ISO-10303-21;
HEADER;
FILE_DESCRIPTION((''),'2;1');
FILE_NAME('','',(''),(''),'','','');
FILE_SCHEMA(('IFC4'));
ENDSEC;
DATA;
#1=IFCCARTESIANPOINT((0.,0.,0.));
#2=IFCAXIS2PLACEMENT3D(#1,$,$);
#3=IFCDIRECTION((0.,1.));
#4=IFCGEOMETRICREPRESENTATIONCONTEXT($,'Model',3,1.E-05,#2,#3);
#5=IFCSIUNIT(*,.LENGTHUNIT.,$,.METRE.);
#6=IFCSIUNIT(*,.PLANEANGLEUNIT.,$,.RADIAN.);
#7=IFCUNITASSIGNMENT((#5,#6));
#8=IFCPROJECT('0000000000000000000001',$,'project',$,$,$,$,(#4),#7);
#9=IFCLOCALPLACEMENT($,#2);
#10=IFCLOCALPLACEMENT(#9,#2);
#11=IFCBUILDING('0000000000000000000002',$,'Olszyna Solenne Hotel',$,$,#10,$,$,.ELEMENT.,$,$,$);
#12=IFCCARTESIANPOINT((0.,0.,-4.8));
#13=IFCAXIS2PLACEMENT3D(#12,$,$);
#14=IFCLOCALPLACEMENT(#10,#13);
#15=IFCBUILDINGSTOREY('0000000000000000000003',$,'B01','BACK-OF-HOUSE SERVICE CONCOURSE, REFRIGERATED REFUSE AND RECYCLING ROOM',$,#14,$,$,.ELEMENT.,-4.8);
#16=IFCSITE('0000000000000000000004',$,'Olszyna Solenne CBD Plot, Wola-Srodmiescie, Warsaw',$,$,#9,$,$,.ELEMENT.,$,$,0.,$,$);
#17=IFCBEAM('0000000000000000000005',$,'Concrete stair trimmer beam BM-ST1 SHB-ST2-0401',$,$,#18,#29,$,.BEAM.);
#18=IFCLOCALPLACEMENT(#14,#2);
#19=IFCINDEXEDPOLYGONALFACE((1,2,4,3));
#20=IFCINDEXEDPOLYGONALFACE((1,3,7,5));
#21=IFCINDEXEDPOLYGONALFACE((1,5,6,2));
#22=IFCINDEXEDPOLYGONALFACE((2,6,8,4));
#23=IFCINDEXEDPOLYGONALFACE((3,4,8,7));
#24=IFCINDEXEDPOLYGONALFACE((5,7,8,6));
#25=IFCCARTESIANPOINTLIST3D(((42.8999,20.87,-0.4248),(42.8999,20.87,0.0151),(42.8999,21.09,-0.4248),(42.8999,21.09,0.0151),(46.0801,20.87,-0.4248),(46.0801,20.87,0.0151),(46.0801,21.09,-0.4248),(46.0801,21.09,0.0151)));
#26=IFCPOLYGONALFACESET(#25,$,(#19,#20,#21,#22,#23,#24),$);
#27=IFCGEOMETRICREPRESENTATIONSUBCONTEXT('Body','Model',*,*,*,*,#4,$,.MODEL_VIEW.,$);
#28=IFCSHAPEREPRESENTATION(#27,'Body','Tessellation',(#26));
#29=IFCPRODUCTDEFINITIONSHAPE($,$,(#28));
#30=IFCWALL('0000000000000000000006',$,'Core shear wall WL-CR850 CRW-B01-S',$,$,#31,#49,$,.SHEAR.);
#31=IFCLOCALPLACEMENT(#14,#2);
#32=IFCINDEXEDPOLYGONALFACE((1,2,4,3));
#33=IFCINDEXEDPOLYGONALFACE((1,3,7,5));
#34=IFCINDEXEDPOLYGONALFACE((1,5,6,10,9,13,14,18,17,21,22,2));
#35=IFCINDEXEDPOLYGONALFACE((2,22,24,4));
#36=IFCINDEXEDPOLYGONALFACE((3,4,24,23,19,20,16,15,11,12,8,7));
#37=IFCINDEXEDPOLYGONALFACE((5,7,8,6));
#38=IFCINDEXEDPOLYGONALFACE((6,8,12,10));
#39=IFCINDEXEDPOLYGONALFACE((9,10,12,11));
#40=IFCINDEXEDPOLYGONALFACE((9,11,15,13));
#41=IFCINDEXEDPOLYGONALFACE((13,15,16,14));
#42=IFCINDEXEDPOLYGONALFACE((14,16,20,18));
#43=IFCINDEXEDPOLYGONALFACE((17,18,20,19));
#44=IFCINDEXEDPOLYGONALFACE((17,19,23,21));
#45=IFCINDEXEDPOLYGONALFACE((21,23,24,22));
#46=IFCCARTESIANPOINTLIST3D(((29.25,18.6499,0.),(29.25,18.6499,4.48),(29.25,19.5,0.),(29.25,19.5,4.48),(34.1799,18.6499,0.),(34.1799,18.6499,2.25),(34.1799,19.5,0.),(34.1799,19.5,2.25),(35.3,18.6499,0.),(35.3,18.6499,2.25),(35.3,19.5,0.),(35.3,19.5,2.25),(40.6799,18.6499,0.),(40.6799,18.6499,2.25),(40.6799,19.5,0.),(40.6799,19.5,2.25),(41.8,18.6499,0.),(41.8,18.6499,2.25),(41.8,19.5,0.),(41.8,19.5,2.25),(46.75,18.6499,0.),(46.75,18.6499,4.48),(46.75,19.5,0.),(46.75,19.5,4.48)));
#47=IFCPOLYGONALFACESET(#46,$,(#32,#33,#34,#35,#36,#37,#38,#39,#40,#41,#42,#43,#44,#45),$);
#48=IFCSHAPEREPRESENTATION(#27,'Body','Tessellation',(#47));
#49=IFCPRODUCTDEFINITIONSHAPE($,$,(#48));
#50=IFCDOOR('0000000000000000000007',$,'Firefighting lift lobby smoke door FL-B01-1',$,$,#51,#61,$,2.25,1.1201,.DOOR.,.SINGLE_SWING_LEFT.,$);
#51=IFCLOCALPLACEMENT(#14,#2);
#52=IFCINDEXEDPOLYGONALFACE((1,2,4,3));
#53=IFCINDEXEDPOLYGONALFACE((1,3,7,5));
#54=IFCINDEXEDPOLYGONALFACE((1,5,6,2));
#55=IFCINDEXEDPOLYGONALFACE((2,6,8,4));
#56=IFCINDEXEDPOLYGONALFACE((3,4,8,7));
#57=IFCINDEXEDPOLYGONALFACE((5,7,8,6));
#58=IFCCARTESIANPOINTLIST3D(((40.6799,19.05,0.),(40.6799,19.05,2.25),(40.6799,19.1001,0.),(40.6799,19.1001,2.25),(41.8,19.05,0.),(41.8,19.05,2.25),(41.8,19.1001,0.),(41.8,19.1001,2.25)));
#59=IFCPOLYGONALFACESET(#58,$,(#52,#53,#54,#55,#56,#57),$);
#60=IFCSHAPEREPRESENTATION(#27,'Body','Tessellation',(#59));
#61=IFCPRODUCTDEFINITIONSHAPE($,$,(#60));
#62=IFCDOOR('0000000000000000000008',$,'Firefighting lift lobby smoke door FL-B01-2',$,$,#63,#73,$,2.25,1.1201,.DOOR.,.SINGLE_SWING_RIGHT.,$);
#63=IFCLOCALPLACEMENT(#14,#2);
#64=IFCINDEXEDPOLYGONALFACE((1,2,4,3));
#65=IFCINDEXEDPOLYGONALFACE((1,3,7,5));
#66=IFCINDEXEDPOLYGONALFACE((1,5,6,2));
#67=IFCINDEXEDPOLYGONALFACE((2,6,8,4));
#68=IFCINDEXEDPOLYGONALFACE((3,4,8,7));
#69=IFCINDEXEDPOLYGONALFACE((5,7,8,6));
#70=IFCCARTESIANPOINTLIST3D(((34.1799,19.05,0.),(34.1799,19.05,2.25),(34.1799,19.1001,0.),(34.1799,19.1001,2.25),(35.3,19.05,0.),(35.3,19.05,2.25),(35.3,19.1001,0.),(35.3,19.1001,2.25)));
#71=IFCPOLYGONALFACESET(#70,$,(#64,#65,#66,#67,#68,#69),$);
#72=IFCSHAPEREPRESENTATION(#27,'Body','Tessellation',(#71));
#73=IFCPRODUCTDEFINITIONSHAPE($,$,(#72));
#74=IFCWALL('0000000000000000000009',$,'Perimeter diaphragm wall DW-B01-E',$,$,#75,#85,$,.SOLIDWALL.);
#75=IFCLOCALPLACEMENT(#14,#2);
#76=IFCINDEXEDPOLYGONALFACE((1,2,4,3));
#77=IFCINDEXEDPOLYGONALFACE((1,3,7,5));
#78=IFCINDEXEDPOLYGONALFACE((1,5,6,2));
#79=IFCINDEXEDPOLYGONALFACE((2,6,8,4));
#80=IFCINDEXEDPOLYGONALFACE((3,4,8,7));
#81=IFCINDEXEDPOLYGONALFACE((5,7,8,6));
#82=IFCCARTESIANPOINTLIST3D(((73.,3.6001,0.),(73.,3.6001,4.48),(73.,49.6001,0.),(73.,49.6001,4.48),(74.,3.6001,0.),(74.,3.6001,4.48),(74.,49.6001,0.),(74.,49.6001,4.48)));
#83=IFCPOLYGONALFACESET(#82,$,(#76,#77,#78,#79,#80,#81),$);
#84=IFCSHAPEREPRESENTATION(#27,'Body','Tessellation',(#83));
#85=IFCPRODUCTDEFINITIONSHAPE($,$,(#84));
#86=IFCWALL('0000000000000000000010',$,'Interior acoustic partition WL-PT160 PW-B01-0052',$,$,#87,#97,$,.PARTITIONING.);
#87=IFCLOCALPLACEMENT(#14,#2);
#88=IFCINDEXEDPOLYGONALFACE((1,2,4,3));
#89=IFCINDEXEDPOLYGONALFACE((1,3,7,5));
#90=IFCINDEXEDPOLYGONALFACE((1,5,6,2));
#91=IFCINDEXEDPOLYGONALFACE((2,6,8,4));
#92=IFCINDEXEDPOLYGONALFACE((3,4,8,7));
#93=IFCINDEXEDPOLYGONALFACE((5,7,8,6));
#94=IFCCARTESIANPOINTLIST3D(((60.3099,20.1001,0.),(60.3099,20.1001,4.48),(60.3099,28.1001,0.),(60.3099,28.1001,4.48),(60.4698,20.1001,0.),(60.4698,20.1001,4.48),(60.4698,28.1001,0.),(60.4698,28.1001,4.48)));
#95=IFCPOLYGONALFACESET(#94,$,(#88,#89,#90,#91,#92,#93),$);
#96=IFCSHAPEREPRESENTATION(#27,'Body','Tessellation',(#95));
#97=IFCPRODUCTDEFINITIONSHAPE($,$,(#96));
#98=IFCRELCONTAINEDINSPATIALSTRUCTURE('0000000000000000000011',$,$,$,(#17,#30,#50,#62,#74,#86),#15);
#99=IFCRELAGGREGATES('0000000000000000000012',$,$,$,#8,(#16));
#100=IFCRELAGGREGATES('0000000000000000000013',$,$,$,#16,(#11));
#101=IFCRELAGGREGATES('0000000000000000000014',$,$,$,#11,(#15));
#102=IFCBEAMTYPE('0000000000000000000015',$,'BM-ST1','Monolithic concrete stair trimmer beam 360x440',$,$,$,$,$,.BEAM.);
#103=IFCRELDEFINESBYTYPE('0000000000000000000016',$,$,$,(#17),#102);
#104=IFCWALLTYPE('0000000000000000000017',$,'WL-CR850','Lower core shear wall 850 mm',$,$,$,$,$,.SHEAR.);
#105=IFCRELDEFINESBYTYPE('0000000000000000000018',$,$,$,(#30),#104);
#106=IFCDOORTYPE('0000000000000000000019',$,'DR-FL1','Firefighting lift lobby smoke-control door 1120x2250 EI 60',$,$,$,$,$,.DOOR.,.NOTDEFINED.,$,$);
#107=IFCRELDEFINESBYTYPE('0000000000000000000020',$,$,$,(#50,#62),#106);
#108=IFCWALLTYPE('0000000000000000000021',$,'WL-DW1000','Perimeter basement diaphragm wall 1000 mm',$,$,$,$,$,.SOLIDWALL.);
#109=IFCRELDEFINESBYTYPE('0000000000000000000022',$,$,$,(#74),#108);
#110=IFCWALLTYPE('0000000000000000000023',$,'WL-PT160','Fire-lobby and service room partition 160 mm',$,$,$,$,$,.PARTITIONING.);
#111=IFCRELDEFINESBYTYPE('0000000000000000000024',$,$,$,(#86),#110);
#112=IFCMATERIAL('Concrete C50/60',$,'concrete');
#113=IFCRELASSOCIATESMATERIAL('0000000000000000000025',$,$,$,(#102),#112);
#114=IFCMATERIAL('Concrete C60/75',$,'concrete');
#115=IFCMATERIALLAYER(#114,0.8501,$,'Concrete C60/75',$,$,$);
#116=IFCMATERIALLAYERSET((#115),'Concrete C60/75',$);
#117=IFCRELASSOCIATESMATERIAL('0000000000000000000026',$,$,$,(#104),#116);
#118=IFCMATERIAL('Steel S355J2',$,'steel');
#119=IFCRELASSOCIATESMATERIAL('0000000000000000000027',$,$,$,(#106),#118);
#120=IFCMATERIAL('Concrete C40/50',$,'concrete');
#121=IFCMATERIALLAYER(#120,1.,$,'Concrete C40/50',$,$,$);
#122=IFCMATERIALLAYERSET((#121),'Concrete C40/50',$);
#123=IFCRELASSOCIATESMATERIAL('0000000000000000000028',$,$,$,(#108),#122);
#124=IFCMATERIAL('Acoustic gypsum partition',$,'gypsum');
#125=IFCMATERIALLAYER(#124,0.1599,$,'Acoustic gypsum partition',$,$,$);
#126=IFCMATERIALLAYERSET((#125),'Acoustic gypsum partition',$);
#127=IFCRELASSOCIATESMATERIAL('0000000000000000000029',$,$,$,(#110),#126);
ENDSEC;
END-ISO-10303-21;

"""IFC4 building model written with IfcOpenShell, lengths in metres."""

from ifc_helpers import new_model, si_unit, direction, frame, frame_2d, origin, origin_2d, place, context, subcontext, project, spatial, rectangle, extrude, source, transform, mapped, material, layer, layer_set, material_profile, profile_set, type_object, type_shapes, element, fill, save


model = new_model("IFC4")

# Units and contexts
model_context = context("Model", 3, precision=1e-05, world=origin(), true_north=direction((0.0, 1.0)))
body_context = subcontext(model_context, "Body", "Model", "MODEL_VIEW")
ifc_project = project(units=[si_unit("LENGTHUNIT", "METRE"), si_unit("PLANEANGLEUNIT", "RADIAN")], contexts=[model_context])

# Site, building, storey
site_placement = place(None, origin())
site = spatial("IfcSite", under=ifc_project, at=site_placement, Name="Olszyna Solenne CBD Plot, Wola-Srodmiescie, Warsaw", CompositionType="ELEMENT", RefElevation=0.0)
building_placement = place(site_placement, origin())
building = spatial("IfcBuilding", under=site, at=building_placement, Name="Olszyna Solenne Hotel", CompositionType="ELEMENT")
storey_placement = place(building_placement, frame((0.0, 0.0, -4.8)))
storey = spatial("IfcBuildingStorey", under=building, at=storey_placement, Name="B01", Description="BACK-OF-HOUSE SERVICE CONCOURSE, REFRIGERATED REFUSE AND RECYCLING ROOM", CompositionType="ELEMENT", Elevation=-4.8)

# Shared definitions
ifc_material_1 = material(Name="Concrete C60/75", Category="concrete")
ifc_material_2 = material(Name="Concrete C50/60", Category="concrete")

# Beam
ifc_material_3 = material(Name="Steel S355J2", Category="steel")
ifc_material_profile_1 = material_profile(ifc_material_2, rectangle(XDim=0.22, YDim=0.4399, at=origin_2d()), Name="RC 220x440", Category="load-bearing")
ifc_profile_set_1 = profile_set([ifc_material_profile_1], Name="Concrete C50/60")
beam_type_1 = type_object("IfcBeamType", Name="BM-ST1", Description="Monolithic concrete stair trimmer beam 360x440", PredefinedType="BEAM", material=ifc_profile_set_1)
shared_shape_1 = source(origin(), body_context, "Body", "SweptSolid", [
    extrude(rectangle(XDim=0.22, YDim=0.4399, at=origin_2d()), origin(), (0.0, 0.0, 1.0), 3.1802),
])
beam_1_placement = place(storey_placement, frame((46.0801, 20.98, -0.2048), z_axis=(-1.0, 0.0, 0.0), x_axis=(0.0, -1.0, 0.0)))
element("IfcBeam", 1, at=beam_1_placement, inside=storey, type_object=beam_type_1, Name="Concrete stair trimmer beam BM-ST1 SHB-ST2-0401", PredefinedType="BEAM", context=body_context, shape_type="MappedRepresentation", body=[
    mapped(shared_shape_1, transform((0.0, 0.0, 0.0), x_axis=(1.0, 0.0, 0.0), y_axis=(0.0, 1.0, 0.0), z_axis=(0.0, 0.0, 1.0), scale=1.0)),
])

# Wall, openings, doors
ifc_layer_1 = layer(ifc_material_1, 0.8501, Name="Concrete C60/75")
ifc_layer_set_1 = layer_set([ifc_layer_1], Name="Concrete C60/75")
wall_type_1 = type_object("IfcWallType", Name="WL-CR850", Description="Lower core shear wall 850 mm", PredefinedType="SHEAR", material=ifc_layer_set_1)
wall_1_placement = place(storey_placement, frame((46.75, 19.075, 0.0), z_axis=(0.0, 0.0, 1.0), x_axis=(-1.0, 0.0, 0.0)))
wall_1 = element("IfcWall", 2, at=wall_1_placement, inside=storey, type_object=wall_type_1, Name="Core shear wall WL-CR850 CRW-B01-S", PredefinedType="SHEAR", context=body_context, shape_type="SweptSolid", body=[
    extrude(rectangle(XDim=17.5, YDim=0.8501, at=frame_2d((8.75, 0.0))), origin(), (0.0, 0.0, 1.0), 4.48),
])
opening_1_placement = place(wall_1_placement, frame((4.95, 0.0, 0.0)))
opening_1 = element("IfcOpeningElement", 3, at=opening_1_placement, cuts=wall_1, PredefinedType="OPENING", context=body_context, shape_type="SweptSolid", body=[
    extrude(rectangle(XDim=1.1201, YDim=2.25, at=frame_2d((0.5601, 1.125))), frame((0.0, 0.4351, 0.0), z_axis=(0.0, -1.0, 0.0), x_axis=(1.0, 0.0, 0.0)), (0.0, 0.0, 1.0), 0.8701),
])
opening_2_placement = place(wall_1_placement, frame((11.45, 0.0, 0.0)))
opening_2 = element("IfcOpeningElement", 4, at=opening_2_placement, cuts=wall_1, PredefinedType="OPENING", context=body_context, shape_type="SweptSolid", body=[
    extrude(rectangle(XDim=1.1201, YDim=2.25, at=frame_2d((0.5601, 1.125))), frame((0.0, 0.4351, 0.0), z_axis=(0.0, -1.0, 0.0), x_axis=(1.0, 0.0, 0.0)), (0.0, 0.0, 1.0), 0.8701),
])
door_type_1 = type_object("IfcDoorType", Name="DR-FL1", Description="Firefighting lift lobby smoke-control door 1120x2250 EI 60", OperationType="NOTDEFINED", PredefinedType="DOOR", material=ifc_material_3)
shared_shape_2 = source(origin(), body_context, "Body", "SweptSolid", [
    extrude(rectangle(XDim=1.1201, YDim=2.25, at=frame_2d((0.5601, 1.125))), frame((0.0, 0.0249, 0.0), z_axis=(0.0, -1.0, 0.0), x_axis=(1.0, 0.0, 0.0)), (0.0, 0.0, 1.0), 0.05),
])
type_shapes(door_type_1, [shared_shape_2])
door_1_placement = place(opening_1_placement, origin())
door_1 = element("IfcDoor", 5, at=door_1_placement, inside=storey, type_object=door_type_1, Name="Firefighting lift lobby smoke door FL-B01-1", OperationType="SINGLE_SWING_LEFT", OverallHeight=2.25, OverallWidth=1.1201, PredefinedType="DOOR", context=body_context, shape_type="MappedRepresentation", body=[
    mapped(shared_shape_2, transform((0.0, 0.0, 0.0), x_axis=(1.0, 0.0, 0.0), y_axis=(0.0, 1.0, 0.0), z_axis=(0.0, 0.0, 1.0), scale=1.0)),
])
fill(opening_1, door_1)
door_2_placement = place(opening_2_placement, origin())
door_2 = element("IfcDoor", 6, at=door_2_placement, inside=storey, type_object=door_type_1, Name="Firefighting lift lobby smoke door FL-B01-2", OperationType="SINGLE_SWING_RIGHT", OverallHeight=2.25, OverallWidth=1.1201, PredefinedType="DOOR", context=body_context, shape_type="MappedRepresentation", body=[
    mapped(shared_shape_2, transform((0.0, 0.0, 0.0), x_axis=(1.0, 0.0, 0.0), y_axis=(0.0, 1.0, 0.0), z_axis=(0.0, 0.0, 1.0), scale=1.0)),
])
fill(opening_2, door_2)

# Walls
ifc_material_4 = material(Name="Concrete C40/50", Category="concrete")
ifc_layer_2 = layer(ifc_material_4, 1.0, Name="Concrete C40/50")
ifc_layer_set_2 = layer_set([ifc_layer_2], Name="Concrete C40/50")
wall_type_2 = type_object("IfcWallType", Name="WL-DW1000", Description="Perimeter basement diaphragm wall 1000 mm", PredefinedType="SOLIDWALL", material=ifc_layer_set_2)
wall_2_placement = place(storey_placement, frame((73.5, 3.6001, 0.0), z_axis=(0.0, 0.0, 1.0), x_axis=(0.0, 1.0, 0.0)))
element("IfcWall", 7, at=wall_2_placement, inside=storey, type_object=wall_type_2, Name="Perimeter diaphragm wall DW-B01-E", PredefinedType="SOLIDWALL", context=body_context, shape_type="SweptSolid", body=[
    extrude(rectangle(XDim=46.0, YDim=1.0, at=frame_2d((23.0, 0.0))), origin(), (0.0, 0.0, 1.0), 4.48),
])
ifc_material_5 = material(Name="Acoustic gypsum partition", Category="gypsum")
ifc_layer_3 = layer(ifc_material_5, 0.1599, Name="Acoustic gypsum partition")
ifc_layer_set_3 = layer_set([ifc_layer_3], Name="Acoustic gypsum partition")
wall_type_3 = type_object("IfcWallType", Name="WL-PT160", Description="Fire-lobby and service room partition 160 mm", PredefinedType="PARTITIONING", material=ifc_layer_set_3)
wall_3_placement = place(storey_placement, frame((60.3899, 20.1001, 0.0), z_axis=(0.0, 0.0, 1.0), x_axis=(0.0, 1.0, 0.0)))
element("IfcWall", 8, at=wall_3_placement, inside=storey, type_object=wall_type_3, Name="Interior acoustic partition WL-PT160 PW-B01-0052", PredefinedType="PARTITIONING", context=body_context, shape_type="SweptSolid", body=[
    extrude(rectangle(XDim=8.0, YDim=0.1599, at=frame_2d((4.0, 0.0))), origin(), (0.0, 0.0, 1.0), 4.48),
])

save(model, "model.ifc")
